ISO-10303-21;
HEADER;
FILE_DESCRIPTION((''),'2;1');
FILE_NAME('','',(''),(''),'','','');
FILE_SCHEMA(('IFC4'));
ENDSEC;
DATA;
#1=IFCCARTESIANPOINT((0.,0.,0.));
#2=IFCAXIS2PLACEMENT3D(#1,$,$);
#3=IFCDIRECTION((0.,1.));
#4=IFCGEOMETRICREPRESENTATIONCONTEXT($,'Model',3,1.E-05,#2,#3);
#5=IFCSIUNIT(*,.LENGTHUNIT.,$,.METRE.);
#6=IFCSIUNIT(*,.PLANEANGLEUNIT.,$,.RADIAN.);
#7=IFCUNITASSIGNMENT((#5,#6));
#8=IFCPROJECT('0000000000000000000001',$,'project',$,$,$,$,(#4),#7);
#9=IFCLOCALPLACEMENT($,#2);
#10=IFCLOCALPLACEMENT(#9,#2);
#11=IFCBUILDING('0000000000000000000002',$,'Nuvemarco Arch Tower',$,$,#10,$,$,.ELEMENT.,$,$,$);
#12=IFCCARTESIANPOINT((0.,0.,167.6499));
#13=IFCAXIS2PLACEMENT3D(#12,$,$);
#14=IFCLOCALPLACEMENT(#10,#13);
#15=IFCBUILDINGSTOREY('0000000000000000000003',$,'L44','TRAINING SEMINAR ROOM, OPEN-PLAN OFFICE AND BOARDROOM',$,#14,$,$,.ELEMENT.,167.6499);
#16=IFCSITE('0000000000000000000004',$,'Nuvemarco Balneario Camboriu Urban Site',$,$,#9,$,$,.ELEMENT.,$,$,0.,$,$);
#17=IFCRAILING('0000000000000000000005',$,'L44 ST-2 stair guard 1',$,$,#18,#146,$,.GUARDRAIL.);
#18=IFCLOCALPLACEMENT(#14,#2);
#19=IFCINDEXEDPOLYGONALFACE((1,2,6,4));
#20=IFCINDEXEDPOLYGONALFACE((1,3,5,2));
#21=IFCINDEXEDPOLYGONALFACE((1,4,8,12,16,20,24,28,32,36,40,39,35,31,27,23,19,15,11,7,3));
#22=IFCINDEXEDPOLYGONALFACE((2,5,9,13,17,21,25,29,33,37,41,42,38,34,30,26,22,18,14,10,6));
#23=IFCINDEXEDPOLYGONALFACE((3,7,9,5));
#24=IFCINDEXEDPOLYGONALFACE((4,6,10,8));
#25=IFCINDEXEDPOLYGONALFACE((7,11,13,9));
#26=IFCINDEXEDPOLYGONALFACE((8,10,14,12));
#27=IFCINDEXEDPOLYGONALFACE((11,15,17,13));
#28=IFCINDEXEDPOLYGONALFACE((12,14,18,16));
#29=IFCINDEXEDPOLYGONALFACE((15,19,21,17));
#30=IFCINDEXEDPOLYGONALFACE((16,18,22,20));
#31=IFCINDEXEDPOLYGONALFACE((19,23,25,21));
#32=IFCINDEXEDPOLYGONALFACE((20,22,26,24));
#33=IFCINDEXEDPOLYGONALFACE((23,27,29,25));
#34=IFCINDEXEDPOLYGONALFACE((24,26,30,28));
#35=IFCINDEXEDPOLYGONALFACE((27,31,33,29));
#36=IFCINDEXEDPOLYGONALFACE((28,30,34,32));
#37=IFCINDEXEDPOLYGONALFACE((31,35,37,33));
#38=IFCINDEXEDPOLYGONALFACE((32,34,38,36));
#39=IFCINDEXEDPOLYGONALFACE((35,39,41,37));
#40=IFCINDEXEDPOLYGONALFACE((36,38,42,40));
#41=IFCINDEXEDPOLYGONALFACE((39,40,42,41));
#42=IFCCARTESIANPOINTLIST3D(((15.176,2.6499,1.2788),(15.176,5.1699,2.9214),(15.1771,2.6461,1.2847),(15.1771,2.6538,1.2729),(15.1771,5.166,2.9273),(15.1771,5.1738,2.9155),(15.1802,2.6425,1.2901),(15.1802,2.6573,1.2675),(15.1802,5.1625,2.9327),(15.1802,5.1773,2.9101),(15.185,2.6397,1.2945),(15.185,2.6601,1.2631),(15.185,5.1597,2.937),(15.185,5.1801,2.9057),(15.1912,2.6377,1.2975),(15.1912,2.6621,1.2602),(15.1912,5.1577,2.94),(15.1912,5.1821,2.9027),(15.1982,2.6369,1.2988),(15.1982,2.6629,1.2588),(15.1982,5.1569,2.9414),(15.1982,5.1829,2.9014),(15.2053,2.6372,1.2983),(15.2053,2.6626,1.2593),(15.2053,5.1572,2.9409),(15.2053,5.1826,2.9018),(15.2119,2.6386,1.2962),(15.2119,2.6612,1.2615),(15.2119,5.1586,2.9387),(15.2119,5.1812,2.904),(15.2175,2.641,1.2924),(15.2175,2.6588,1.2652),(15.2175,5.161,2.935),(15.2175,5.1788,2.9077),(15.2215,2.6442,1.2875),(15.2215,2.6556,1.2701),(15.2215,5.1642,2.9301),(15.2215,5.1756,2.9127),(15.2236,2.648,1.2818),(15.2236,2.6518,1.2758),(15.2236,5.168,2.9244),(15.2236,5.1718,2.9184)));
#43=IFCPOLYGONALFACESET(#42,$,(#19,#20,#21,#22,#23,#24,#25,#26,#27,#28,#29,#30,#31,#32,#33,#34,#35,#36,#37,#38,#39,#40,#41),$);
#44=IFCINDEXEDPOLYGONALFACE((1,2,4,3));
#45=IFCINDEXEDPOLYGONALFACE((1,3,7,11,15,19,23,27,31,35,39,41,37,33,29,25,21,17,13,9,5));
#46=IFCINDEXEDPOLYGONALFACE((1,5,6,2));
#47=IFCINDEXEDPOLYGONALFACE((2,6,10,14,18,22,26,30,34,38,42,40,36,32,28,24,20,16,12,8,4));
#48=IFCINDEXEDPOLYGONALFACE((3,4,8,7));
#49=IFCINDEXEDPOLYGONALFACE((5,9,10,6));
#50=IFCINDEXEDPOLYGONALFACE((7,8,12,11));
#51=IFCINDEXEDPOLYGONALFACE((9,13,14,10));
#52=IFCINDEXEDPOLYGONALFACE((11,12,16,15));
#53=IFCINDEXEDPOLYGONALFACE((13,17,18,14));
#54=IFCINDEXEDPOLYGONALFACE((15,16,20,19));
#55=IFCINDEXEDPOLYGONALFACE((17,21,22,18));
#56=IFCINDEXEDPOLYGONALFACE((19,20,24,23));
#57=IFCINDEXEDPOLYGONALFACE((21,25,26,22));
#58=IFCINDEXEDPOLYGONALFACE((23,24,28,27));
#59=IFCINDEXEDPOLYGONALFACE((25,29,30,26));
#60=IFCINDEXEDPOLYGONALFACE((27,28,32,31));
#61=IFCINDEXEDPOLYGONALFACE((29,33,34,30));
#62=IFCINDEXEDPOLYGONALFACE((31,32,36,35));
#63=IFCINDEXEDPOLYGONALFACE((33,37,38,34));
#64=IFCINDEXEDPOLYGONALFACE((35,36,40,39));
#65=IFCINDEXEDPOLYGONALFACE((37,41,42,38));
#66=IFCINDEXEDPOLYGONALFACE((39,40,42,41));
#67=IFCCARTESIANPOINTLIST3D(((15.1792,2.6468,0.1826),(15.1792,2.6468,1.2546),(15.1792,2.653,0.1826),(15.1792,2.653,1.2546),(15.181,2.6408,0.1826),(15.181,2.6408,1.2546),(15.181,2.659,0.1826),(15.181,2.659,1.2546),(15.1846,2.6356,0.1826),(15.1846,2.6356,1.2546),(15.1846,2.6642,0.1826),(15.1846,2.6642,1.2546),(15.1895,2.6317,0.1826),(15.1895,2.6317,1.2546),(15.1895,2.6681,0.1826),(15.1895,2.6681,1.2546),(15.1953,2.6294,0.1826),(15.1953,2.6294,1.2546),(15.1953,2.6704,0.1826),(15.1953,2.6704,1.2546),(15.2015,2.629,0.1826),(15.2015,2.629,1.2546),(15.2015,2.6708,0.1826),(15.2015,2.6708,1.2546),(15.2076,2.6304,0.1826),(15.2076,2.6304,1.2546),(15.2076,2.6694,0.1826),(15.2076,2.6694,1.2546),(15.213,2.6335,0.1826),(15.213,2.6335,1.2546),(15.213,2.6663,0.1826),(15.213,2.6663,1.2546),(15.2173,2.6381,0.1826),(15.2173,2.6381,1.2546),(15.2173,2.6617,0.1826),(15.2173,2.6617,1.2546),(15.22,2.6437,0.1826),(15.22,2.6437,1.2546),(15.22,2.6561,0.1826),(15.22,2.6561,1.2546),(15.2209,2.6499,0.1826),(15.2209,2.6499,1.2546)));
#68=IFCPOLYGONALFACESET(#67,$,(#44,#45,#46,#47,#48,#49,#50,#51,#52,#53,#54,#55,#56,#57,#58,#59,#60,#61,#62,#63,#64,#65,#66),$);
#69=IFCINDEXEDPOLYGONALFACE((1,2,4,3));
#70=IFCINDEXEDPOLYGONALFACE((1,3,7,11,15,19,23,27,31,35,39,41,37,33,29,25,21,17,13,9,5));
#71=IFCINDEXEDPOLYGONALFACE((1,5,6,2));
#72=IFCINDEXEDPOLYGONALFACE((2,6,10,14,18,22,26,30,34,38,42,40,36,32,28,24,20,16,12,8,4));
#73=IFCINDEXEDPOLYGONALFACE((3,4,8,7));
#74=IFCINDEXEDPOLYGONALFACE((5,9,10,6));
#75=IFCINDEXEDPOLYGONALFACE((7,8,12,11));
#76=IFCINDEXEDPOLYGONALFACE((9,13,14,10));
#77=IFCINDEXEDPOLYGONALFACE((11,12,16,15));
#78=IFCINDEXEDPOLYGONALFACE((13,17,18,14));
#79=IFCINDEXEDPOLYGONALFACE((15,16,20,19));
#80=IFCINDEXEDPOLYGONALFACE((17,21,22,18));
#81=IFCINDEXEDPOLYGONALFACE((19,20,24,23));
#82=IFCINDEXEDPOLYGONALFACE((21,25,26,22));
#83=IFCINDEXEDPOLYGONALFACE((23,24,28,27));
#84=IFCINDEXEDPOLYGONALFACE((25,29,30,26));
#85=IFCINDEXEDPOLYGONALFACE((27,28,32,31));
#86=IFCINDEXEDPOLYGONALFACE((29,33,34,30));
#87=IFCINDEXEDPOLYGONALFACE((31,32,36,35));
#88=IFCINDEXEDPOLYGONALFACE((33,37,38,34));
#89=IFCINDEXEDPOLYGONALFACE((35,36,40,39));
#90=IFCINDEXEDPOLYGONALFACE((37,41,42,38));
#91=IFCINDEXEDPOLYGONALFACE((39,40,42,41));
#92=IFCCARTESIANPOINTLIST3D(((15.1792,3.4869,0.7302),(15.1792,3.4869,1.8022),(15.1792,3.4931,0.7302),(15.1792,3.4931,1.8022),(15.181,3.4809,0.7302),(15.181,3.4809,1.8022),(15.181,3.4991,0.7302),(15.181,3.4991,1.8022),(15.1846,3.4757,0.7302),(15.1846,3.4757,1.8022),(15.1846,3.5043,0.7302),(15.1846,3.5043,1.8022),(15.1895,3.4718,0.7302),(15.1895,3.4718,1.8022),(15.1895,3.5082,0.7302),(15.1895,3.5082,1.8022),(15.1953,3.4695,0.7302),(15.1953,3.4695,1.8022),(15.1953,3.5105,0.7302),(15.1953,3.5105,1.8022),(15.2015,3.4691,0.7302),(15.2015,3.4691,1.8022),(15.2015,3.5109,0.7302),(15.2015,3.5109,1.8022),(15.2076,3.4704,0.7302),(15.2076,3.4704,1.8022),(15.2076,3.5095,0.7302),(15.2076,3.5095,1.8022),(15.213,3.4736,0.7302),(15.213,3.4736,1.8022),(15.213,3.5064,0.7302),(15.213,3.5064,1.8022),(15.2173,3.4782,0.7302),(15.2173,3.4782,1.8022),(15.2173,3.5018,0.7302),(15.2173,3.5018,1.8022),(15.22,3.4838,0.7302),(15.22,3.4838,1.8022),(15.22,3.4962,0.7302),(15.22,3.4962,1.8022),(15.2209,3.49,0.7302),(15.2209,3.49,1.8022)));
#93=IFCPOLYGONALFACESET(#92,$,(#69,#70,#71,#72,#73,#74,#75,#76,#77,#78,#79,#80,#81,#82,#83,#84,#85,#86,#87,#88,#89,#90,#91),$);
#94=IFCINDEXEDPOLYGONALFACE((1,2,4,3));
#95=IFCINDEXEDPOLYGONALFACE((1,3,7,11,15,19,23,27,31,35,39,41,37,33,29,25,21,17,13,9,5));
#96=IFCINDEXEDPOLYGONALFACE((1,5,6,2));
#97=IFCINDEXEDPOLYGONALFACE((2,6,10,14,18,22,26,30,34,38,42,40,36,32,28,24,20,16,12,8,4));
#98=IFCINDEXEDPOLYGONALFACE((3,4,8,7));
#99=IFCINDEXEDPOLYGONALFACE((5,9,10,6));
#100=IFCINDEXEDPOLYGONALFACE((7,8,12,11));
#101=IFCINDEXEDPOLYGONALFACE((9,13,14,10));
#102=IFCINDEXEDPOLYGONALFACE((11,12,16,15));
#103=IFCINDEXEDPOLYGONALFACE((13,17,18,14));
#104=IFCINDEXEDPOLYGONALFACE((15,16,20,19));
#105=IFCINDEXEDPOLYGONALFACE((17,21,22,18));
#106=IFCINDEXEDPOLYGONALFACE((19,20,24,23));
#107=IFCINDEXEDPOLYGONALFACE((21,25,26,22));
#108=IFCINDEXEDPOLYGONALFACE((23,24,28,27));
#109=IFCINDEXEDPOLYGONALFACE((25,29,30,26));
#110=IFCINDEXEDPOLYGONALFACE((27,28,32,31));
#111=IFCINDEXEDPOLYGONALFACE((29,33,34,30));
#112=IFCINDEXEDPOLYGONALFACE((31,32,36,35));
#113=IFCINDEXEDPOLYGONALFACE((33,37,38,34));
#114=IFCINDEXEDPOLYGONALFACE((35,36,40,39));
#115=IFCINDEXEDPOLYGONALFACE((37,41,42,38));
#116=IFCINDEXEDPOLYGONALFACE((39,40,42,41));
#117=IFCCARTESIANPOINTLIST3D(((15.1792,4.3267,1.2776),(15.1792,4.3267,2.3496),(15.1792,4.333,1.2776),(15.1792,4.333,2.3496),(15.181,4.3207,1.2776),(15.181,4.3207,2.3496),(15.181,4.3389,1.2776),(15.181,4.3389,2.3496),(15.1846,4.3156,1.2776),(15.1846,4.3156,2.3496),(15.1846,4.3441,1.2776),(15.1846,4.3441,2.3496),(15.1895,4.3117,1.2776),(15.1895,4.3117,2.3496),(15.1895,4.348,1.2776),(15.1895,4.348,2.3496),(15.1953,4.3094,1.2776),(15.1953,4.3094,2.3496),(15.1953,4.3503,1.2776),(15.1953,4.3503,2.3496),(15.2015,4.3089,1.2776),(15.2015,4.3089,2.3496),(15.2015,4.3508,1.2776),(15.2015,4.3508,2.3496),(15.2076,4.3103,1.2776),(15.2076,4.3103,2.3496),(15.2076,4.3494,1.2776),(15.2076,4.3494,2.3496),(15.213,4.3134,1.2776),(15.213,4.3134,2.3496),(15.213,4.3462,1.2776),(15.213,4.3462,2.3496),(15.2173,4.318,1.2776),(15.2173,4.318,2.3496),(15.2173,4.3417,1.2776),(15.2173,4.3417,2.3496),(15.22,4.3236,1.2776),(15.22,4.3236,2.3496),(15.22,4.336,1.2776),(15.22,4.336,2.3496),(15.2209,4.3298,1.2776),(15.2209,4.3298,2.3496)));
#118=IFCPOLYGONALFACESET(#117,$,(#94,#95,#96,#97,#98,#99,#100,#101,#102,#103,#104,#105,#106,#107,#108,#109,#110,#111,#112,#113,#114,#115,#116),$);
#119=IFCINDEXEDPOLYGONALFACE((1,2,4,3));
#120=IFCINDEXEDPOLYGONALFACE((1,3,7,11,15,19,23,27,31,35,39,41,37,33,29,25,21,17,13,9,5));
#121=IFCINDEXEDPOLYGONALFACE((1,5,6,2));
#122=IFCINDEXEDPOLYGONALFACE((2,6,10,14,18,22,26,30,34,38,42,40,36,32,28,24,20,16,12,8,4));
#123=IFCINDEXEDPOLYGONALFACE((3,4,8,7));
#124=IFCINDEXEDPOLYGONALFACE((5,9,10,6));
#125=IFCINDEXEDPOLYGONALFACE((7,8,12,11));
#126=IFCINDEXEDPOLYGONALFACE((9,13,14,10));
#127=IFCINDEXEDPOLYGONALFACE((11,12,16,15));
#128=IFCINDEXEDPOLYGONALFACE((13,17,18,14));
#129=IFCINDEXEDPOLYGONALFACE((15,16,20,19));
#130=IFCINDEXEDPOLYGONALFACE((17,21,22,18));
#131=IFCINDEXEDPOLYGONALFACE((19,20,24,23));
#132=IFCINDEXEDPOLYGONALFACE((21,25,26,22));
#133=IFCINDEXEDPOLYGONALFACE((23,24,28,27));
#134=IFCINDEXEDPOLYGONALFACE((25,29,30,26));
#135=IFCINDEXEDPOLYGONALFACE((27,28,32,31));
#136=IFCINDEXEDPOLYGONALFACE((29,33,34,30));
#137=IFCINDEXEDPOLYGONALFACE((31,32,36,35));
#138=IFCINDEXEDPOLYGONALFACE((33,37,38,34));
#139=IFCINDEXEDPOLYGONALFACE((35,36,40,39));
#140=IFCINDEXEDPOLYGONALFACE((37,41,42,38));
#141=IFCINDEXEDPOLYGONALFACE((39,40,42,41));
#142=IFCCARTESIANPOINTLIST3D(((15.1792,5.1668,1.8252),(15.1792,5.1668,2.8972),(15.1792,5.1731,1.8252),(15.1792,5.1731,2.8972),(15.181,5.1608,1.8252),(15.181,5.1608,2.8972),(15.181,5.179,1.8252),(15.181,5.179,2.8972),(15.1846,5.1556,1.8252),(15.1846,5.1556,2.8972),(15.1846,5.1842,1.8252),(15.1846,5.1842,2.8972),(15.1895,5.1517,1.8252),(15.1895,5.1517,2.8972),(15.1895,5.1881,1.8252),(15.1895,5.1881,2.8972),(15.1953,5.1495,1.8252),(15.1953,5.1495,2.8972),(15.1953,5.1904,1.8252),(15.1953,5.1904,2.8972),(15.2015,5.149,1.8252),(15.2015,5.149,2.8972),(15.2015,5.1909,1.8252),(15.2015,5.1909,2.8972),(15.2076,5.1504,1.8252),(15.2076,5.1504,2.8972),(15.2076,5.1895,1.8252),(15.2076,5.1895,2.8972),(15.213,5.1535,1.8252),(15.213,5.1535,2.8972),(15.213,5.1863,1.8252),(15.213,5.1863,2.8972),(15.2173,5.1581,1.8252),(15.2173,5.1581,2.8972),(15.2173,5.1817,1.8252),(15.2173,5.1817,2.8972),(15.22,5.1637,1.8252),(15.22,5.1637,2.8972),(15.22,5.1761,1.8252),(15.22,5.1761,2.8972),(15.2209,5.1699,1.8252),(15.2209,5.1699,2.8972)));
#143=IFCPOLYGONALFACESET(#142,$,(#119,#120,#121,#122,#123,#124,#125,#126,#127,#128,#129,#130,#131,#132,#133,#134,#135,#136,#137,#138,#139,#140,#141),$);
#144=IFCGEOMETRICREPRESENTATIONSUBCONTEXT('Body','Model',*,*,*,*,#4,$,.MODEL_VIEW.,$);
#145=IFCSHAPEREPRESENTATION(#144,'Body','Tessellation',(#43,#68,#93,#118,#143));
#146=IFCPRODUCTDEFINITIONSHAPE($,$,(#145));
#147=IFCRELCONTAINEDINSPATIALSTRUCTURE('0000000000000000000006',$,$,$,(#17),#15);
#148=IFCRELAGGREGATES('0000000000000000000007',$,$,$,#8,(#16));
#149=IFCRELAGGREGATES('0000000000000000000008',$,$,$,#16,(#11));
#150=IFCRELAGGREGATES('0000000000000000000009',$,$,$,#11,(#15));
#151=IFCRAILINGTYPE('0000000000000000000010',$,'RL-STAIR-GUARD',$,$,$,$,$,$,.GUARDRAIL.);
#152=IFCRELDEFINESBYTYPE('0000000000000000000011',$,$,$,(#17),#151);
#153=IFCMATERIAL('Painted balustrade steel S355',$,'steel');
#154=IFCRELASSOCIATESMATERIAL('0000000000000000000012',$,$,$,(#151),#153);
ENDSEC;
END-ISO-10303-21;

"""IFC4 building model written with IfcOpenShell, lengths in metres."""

from ifc_helpers import new_model, si_unit, direction, frame, origin, origin_2d, place, context, subcontext, project, spatial, circle, extrude, material, type_object, element, save


model = new_model("IFC4")

# Units and contexts
model_context = context("Model", 3, precision=1e-05, world=origin(), true_north=direction((0.0, 1.0)))
body_context = subcontext(model_context, "Body", "Model", "MODEL_VIEW")
ifc_project = project(units=[si_unit("LENGTHUNIT", "METRE"), si_unit("PLANEANGLEUNIT", "RADIAN")], contexts=[model_context])

# Site, building, storey
site_placement = place(None, origin())
site = spatial("IfcSite", under=ifc_project, at=site_placement, Name="Nuvemarco Balneario Camboriu Urban Site", CompositionType="ELEMENT", RefElevation=0.0)
building_placement = place(site_placement, origin())
building = spatial("IfcBuilding", under=site, at=building_placement, Name="Nuvemarco Arch Tower", CompositionType="ELEMENT")
storey_placement = place(building_placement, frame((0.0, 0.0, 167.6499)))
storey = spatial("IfcBuildingStorey", under=building, at=storey_placement, Name="L44", Description="TRAINING SEMINAR ROOM, OPEN-PLAN OFFICE AND BOARDROOM", CompositionType="ELEMENT", Elevation=167.6499)

# Railing
ifc_material_1 = material(Name="Painted balustrade steel S355", Category="steel")
railing_type_1 = type_object("IfcRailingType", Name="RL-STAIR-GUARD", PredefinedType="GUARDRAIL", material=ifc_material_1)
railing_1_placement = place(storey_placement, frame((15.2, 2.6499, 0.1826)))
element("IfcRailing", 1, at=railing_1_placement, inside=storey, type_object=railing_type_1, Name="L44 ST-2 stair guard 1", PredefinedType="GUARDRAIL", context=body_context, shape_type="SweptSolid", body=[
    extrude(circle(Radius=0.0239, at=origin_2d()), frame((0.0, 0.0, 1.0962), z_axis=(0.0, 0.837749, 0.546055), x_axis=(-1.0, 0.0, 0.0)), (0.0, 0.0, 1.0), 3.0081),
    extrude(circle(Radius=0.021, at=origin_2d()), origin(), (0.0, 0.0, 1.0), 1.072),
    extrude(circle(Radius=0.021, at=origin_2d()), frame((0.0, 0.8401, 0.5476)), (0.0, 0.0, 1.0), 1.072),
    extrude(circle(Radius=0.021, at=origin_2d()), frame((0.0, 1.6799, 1.095)), (0.0, 0.0, 1.0), 1.072),
    extrude(circle(Radius=0.021, at=origin_2d()), frame((0.0, 2.52, 1.6426)), (0.0, 0.0, 1.0), 1.072),
])

save(model, "model.ifc")
